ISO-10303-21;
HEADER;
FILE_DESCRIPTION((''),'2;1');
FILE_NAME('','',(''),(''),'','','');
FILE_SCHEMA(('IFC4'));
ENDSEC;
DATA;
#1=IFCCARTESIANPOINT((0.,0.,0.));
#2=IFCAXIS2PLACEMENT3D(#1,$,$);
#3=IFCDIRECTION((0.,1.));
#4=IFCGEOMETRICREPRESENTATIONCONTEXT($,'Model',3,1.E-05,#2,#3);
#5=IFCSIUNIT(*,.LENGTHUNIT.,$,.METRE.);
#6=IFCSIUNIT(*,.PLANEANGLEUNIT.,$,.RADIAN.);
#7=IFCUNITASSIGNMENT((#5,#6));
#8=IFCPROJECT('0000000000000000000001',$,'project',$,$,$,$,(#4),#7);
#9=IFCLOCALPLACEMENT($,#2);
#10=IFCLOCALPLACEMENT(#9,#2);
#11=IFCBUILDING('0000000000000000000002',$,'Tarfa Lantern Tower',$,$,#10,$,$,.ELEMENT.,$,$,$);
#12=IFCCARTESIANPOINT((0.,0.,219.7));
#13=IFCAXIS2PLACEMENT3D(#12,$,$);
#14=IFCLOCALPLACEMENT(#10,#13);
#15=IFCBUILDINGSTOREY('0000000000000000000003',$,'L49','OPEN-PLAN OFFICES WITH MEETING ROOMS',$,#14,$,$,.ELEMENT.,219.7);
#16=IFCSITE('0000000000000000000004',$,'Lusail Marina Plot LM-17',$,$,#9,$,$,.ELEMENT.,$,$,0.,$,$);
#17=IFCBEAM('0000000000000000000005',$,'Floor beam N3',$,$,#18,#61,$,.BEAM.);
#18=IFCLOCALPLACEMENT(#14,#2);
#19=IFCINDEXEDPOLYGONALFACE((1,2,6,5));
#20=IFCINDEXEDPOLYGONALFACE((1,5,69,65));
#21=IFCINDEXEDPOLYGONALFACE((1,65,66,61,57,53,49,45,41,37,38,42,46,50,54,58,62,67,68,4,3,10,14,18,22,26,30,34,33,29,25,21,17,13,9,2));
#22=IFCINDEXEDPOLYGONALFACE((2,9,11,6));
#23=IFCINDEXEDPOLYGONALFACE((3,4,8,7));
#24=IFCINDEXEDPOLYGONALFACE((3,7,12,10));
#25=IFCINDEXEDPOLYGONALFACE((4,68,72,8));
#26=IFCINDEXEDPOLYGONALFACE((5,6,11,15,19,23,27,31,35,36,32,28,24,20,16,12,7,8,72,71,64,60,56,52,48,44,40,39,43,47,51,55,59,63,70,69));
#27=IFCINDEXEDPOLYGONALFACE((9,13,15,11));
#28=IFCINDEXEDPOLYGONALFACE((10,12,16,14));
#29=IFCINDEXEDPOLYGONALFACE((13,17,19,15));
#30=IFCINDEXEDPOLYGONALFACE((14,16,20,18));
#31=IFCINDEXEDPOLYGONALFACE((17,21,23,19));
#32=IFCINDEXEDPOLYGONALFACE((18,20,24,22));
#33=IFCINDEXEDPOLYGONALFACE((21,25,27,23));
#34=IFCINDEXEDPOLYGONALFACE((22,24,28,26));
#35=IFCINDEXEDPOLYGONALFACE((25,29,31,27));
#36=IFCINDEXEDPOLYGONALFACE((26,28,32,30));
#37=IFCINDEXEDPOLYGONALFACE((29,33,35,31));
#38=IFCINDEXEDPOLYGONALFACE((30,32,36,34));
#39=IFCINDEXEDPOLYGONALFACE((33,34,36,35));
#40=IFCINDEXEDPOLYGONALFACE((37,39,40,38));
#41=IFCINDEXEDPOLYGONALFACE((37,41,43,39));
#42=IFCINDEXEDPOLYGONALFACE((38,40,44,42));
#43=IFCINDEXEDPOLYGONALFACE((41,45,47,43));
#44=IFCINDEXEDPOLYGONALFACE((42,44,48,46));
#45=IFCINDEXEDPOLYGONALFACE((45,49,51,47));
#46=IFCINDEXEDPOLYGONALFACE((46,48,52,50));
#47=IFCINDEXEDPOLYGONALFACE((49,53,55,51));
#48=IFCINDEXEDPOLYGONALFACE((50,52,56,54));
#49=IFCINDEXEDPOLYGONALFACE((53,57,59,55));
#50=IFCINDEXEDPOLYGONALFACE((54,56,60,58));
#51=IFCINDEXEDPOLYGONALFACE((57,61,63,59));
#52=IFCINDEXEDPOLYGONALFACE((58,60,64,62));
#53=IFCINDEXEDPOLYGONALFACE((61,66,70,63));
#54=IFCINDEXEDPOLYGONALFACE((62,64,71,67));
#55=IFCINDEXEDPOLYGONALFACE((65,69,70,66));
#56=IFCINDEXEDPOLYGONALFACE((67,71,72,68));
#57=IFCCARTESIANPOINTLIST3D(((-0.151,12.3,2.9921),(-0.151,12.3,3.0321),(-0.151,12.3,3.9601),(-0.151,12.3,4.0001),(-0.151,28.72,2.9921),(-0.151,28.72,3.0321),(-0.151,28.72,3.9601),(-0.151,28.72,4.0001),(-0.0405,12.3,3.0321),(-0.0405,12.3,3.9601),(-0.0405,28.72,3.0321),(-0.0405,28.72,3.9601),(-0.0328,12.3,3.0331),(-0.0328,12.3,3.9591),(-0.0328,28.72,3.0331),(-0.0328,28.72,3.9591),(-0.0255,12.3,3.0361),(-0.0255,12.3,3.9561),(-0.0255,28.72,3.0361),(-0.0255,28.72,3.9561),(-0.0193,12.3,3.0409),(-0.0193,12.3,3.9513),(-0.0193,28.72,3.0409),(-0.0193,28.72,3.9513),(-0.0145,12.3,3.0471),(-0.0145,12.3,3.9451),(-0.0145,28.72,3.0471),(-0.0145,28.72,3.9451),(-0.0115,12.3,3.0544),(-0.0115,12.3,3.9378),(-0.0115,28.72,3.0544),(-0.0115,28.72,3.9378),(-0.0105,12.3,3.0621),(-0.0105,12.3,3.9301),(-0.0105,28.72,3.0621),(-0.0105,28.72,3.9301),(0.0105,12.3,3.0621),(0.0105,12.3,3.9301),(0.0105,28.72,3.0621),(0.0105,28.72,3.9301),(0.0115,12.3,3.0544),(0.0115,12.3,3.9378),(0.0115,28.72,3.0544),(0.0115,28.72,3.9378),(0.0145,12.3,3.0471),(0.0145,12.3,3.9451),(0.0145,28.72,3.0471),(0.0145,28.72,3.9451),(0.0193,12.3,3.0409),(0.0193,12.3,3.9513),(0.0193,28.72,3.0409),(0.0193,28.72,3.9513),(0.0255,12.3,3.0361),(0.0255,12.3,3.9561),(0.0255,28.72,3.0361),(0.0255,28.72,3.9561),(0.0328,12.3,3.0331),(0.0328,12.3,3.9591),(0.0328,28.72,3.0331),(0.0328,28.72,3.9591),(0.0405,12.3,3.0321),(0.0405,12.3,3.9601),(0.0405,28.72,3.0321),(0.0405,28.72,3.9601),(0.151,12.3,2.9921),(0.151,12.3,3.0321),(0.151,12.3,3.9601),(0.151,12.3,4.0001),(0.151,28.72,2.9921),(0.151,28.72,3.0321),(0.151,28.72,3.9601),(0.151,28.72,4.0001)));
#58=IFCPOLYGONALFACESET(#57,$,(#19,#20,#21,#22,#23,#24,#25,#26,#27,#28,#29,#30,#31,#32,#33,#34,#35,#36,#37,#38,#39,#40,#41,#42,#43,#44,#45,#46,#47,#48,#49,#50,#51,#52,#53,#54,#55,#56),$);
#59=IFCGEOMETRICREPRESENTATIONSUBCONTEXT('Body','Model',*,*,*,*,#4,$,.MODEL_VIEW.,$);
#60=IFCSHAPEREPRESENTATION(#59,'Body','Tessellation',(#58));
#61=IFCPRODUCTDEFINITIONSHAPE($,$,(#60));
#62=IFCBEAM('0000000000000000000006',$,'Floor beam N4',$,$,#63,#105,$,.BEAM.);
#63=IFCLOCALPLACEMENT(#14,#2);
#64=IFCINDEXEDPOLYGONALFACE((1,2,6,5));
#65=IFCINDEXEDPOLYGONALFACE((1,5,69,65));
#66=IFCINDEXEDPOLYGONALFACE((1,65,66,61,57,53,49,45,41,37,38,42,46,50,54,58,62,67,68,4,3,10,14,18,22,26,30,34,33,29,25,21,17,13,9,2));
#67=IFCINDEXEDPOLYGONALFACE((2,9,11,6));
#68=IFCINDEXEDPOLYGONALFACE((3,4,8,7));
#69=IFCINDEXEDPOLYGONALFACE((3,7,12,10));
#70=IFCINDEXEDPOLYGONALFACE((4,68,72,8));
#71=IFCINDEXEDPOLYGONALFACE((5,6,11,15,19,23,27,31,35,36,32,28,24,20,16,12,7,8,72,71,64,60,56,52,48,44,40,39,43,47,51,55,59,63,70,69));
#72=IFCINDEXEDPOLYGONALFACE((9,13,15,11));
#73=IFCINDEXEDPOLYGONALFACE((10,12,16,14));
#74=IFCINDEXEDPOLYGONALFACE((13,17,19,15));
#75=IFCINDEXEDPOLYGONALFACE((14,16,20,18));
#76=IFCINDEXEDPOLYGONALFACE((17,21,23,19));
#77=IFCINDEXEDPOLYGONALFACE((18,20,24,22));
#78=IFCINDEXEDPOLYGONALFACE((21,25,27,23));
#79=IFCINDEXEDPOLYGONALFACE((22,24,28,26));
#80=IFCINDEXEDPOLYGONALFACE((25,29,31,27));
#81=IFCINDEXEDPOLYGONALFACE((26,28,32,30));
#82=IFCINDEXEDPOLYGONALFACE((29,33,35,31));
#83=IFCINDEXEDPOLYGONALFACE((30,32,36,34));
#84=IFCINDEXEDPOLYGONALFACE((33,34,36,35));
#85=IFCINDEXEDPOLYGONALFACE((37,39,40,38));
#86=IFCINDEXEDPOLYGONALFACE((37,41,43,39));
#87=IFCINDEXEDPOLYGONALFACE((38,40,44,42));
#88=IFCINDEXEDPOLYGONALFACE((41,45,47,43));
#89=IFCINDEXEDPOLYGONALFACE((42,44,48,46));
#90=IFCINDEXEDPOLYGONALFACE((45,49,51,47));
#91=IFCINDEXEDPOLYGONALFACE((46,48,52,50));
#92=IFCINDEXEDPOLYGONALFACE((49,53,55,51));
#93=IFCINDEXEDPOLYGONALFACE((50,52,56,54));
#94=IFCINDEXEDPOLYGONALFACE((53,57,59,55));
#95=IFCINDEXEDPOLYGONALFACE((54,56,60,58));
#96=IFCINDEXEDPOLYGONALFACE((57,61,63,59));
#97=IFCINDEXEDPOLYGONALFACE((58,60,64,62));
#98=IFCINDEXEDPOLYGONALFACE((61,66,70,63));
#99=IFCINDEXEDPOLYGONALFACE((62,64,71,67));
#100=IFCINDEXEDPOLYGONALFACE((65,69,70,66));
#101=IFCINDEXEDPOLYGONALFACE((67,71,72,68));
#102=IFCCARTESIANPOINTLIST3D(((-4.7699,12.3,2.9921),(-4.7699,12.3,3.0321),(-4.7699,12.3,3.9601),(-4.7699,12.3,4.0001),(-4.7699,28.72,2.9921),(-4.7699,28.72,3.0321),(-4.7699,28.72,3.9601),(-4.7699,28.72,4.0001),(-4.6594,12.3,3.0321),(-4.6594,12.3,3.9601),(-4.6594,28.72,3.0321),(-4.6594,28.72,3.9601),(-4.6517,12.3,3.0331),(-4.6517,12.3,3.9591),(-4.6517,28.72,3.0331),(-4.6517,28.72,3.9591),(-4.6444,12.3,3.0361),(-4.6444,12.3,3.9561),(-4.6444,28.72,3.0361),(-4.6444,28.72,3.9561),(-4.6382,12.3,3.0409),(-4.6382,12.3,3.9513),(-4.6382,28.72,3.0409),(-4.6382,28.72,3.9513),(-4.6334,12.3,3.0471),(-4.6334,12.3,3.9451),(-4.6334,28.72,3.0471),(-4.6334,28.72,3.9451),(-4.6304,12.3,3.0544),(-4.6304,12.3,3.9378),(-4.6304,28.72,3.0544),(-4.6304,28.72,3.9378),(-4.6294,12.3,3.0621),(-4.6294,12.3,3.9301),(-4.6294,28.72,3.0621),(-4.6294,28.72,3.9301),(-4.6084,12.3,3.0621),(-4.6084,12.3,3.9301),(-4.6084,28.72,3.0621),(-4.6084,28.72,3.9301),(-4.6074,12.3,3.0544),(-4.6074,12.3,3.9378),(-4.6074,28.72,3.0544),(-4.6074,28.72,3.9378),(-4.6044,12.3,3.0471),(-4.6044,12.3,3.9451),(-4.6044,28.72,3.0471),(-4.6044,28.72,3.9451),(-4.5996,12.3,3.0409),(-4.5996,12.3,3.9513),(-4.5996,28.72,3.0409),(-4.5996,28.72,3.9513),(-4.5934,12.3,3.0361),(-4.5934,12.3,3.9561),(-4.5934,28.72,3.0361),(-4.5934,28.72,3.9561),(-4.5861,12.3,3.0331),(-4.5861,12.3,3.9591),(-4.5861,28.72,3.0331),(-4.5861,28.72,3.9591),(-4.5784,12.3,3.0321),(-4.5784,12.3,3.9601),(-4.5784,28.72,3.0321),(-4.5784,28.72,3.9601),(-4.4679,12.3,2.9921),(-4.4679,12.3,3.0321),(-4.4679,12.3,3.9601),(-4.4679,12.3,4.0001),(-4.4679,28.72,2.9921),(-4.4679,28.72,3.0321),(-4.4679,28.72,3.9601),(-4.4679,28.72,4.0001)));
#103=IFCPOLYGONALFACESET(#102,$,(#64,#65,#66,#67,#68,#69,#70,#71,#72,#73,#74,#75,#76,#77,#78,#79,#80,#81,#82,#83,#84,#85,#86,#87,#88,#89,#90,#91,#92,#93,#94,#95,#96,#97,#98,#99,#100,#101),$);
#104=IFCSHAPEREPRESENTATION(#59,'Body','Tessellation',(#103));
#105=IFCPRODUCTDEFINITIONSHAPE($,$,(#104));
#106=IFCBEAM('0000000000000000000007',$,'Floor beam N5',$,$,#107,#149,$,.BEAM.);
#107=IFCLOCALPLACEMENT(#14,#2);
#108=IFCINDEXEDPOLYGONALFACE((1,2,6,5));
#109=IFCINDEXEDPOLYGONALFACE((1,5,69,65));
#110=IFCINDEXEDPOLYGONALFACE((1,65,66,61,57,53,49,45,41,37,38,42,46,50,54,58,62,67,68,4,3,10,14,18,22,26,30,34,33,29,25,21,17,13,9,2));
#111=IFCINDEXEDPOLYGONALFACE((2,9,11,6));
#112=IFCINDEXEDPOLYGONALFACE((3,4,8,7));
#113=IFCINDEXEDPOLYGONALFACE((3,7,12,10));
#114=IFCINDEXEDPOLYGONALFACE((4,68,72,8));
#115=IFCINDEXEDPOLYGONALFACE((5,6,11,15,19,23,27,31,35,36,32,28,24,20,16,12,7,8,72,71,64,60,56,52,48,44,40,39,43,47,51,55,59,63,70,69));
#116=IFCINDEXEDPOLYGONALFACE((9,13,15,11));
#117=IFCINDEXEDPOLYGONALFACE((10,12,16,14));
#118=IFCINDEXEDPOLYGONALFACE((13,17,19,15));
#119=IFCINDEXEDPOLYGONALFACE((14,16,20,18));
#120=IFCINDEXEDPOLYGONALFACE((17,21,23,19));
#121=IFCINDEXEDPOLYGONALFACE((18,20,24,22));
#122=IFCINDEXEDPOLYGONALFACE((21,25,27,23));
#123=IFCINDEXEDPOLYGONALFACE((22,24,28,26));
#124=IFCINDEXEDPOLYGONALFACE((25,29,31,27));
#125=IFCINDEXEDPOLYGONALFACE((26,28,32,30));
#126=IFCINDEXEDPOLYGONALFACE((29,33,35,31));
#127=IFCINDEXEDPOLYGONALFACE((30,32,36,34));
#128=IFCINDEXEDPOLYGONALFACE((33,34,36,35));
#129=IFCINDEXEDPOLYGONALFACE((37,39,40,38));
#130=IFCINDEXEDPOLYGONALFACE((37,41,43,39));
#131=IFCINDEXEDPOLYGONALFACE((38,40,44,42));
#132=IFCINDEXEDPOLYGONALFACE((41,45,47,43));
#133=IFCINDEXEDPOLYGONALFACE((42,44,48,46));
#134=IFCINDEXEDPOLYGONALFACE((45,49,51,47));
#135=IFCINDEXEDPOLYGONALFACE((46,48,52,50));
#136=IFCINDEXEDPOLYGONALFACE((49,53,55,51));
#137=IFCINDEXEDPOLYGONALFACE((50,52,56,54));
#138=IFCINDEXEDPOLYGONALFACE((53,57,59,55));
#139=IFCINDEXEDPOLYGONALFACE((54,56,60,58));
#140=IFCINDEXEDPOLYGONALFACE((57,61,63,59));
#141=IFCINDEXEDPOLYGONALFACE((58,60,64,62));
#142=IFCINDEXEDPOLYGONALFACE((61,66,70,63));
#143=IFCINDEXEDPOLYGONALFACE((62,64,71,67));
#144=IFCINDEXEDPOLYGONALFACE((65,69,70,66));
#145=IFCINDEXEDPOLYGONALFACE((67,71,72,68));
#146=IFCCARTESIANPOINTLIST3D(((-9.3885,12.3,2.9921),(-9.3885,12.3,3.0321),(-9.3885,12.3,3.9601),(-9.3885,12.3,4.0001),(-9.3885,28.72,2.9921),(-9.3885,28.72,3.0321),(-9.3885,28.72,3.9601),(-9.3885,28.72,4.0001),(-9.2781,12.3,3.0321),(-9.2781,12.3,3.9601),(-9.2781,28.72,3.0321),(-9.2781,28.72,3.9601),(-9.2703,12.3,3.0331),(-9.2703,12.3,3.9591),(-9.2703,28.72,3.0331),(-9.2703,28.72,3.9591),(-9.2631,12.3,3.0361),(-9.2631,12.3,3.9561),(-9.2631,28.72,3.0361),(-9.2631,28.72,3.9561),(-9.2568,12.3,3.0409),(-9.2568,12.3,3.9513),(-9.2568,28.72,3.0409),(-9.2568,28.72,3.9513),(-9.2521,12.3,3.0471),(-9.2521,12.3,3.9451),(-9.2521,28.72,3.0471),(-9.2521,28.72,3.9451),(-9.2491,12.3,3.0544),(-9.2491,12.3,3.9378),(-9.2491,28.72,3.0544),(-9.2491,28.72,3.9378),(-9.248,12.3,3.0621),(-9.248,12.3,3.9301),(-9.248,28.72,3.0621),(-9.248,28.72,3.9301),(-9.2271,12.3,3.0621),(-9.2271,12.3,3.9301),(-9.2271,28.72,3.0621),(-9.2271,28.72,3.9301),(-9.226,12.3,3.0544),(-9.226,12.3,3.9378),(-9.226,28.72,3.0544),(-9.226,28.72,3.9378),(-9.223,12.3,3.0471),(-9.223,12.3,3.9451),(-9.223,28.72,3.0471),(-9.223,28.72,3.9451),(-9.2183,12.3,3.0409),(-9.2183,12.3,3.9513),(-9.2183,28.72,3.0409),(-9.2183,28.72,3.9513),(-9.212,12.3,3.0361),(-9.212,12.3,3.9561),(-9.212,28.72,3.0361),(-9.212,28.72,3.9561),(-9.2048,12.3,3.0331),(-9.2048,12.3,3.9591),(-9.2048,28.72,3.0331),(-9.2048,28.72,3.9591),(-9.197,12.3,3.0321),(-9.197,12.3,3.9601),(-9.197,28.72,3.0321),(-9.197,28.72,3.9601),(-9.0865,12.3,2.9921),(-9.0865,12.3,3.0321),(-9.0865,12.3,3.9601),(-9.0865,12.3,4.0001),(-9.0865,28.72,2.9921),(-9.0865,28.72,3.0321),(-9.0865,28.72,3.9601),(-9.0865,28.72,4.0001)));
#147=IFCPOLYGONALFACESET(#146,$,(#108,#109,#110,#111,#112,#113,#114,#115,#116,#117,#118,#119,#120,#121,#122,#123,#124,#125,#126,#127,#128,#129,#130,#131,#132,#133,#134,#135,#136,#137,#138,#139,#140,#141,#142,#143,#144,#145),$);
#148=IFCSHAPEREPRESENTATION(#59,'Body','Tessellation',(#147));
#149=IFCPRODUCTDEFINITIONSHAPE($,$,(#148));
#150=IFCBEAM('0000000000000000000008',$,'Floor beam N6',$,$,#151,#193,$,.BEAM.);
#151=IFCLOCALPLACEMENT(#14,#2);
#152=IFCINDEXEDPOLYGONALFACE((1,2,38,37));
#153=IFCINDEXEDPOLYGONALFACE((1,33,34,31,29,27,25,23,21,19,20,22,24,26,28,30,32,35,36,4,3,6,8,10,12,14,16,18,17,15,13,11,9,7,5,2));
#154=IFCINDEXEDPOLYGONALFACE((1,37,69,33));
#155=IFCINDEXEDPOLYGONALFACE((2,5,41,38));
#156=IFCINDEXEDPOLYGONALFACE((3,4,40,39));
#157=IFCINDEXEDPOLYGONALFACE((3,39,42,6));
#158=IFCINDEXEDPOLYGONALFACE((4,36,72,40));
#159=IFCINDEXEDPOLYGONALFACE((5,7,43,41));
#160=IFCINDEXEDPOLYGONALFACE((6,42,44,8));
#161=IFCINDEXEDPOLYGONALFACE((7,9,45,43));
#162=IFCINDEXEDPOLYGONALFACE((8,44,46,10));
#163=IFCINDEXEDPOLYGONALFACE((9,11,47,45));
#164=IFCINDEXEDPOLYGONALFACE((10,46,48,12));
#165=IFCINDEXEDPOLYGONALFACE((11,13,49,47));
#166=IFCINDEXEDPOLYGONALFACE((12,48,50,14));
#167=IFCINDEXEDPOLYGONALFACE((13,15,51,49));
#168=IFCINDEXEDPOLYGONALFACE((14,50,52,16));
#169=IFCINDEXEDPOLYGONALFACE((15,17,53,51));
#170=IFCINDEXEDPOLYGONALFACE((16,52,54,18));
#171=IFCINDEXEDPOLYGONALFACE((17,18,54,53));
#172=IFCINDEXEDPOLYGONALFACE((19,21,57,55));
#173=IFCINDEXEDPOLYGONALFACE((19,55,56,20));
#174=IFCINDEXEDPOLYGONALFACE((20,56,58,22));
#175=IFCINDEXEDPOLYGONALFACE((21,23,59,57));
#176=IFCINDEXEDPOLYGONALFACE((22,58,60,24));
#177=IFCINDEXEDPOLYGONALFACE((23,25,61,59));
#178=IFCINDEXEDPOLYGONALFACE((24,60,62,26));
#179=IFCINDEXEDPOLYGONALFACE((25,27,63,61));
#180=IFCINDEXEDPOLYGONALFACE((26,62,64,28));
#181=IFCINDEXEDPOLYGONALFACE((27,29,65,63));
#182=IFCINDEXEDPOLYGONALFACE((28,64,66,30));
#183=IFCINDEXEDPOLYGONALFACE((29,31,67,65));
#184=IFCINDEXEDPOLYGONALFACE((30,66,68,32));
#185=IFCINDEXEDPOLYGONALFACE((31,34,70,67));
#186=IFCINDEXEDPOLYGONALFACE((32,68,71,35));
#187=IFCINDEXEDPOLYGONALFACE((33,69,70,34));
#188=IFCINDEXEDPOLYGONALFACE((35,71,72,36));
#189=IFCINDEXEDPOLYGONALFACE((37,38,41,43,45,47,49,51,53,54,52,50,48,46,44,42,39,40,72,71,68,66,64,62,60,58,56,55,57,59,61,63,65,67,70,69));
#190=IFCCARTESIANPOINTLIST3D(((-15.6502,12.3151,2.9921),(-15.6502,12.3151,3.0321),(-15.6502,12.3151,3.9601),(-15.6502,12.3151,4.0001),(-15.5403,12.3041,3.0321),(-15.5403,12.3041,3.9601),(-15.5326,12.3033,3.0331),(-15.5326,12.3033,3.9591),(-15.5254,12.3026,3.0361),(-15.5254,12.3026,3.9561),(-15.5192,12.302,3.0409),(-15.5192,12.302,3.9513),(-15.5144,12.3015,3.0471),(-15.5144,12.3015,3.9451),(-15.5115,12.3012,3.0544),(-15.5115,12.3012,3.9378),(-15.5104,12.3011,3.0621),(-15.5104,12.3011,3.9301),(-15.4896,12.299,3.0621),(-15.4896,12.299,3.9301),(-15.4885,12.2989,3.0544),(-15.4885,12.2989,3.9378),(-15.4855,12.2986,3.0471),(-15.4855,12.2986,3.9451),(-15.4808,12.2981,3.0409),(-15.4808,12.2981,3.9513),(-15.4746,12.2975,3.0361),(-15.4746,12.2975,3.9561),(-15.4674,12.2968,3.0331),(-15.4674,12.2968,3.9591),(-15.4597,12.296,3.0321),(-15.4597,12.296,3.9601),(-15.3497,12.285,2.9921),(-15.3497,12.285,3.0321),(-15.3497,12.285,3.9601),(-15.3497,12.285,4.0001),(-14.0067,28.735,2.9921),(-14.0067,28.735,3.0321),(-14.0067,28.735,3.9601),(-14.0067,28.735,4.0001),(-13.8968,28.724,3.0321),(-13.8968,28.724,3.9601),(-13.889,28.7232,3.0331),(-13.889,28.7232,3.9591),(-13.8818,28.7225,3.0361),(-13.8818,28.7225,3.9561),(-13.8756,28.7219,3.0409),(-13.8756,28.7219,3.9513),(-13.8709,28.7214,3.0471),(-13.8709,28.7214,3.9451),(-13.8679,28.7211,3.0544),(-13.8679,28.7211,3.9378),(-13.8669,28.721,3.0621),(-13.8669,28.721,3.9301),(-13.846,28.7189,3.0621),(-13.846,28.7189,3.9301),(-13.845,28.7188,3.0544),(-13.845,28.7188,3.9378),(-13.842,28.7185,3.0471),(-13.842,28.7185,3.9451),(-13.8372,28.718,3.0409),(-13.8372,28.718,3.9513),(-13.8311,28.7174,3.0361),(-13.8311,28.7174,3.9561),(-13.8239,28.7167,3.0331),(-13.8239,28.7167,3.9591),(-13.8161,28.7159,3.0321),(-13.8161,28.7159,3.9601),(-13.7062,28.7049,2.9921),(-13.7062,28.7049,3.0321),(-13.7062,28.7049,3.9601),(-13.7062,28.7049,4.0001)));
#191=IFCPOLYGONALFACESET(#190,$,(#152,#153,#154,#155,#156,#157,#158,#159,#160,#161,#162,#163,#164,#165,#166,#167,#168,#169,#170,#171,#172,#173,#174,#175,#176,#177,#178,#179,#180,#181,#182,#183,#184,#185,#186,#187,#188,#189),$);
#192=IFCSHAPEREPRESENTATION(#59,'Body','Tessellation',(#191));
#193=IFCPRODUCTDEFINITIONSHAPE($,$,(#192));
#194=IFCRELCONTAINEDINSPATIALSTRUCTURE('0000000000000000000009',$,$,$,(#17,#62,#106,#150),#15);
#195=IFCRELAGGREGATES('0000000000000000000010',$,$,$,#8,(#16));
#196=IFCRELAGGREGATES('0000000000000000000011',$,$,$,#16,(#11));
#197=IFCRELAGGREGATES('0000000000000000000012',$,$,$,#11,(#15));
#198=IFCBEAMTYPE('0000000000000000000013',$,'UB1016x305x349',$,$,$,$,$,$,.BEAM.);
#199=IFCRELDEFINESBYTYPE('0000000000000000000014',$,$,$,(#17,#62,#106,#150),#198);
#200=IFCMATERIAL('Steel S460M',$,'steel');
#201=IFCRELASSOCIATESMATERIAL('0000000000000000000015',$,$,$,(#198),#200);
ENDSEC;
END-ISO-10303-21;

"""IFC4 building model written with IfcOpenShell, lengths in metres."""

from ifc_helpers import new_model, si_unit, direction, frame, origin, origin_2d, place, context, subcontext, project, spatial, i_section, extrude, material, material_profile, profile_set, type_object, element, save


model = new_model("IFC4")

# Units and contexts
model_context = context("Model", 3, precision=1e-05, world=origin(), true_north=direction((0.0, 1.0)))
body_context = subcontext(model_context, "Body", "Model", "MODEL_VIEW")
ifc_project = project(units=[si_unit("LENGTHUNIT", "METRE"), si_unit("PLANEANGLEUNIT", "RADIAN")], contexts=[model_context])

# Site, building, storey
site_placement = place(None, origin())
site = spatial("IfcSite", under=ifc_project, at=site_placement, Name="Lusail Marina Plot LM-17", CompositionType="ELEMENT", RefElevation=0.0)
building_placement = place(site_placement, origin())
building = spatial("IfcBuilding", under=site, at=building_placement, Name="Tarfa Lantern Tower", CompositionType="ELEMENT")
storey_placement = place(building_placement, frame((0.0, 0.0, 219.7)))
storey = spatial("IfcBuildingStorey", under=building, at=storey_placement, Name="L49", Description="OPEN-PLAN OFFICES WITH MEETING ROOMS", CompositionType="ELEMENT", Elevation=219.7)

# Beams
ifc_material_1 = material(Name="Steel S460M", Category="steel")
ifc_material_profile_1 = material_profile(ifc_material_1, i_section(OverallWidth=0.302, OverallDepth=1.0081, WebThickness=0.021, FlangeThickness=0.04, FilletRadius=0.03, at=origin_2d()), Name="UB1016x305x349")
ifc_profile_set_1 = profile_set([ifc_material_profile_1], Name="Steel S460M")
beam_type_1 = type_object("IfcBeamType", Name="UB1016x305x349", PredefinedType="BEAM", material=ifc_profile_set_1)
for number, where, z_axis, x_axis, name in (
    (1, (0.0, 28.72, 3.4961), (0.0, -1.0, 0.0), (1.0, 0.0, 0.0), "Floor beam N3"),
    (2, (-4.6189, 28.72, 3.4961), (0.0, -1.0, 0.0), (1.0, 0.0, 0.0), "Floor beam N4"),
    (3, (-9.2375, 28.72, 3.4961), (0.0, -1.0, 0.0), (1.0, 0.0, 0.0), "Floor beam N5"),
):
    element("IfcBeam", number, at=place(storey_placement, frame(where, z_axis=z_axis, x_axis=x_axis)), inside=storey, type_object=beam_type_1, Name=name, PredefinedType="BEAM", context=body_context, shape_type="SweptSolid", body=[
        extrude(i_section(OverallWidth=0.302, OverallDepth=1.0081, WebThickness=0.021, FlangeThickness=0.04, FilletRadius=0.03, at=origin_2d()), origin(), (0.0, 0.0, 1.0), 16.4199),
    ])
beam_1_placement = place(storey_placement, frame((-13.8564, 28.72, 3.4961), z_axis=(-0.099597, -0.995028, 0.0), x_axis=(0.995028, -0.099597, 0.0)))
element("IfcBeam", 4, at=beam_1_placement, inside=storey, type_object=beam_type_1, Name="Floor beam N6", PredefinedType="BEAM", context=body_context, shape_type="SweptSolid", body=[
    extrude(i_section(OverallWidth=0.302, OverallDepth=1.0081, WebThickness=0.021, FlangeThickness=0.04, FilletRadius=0.03, at=origin_2d()), origin(), (0.0, 0.0, 1.0), 16.502),
])

save(model, "model.ifc")
